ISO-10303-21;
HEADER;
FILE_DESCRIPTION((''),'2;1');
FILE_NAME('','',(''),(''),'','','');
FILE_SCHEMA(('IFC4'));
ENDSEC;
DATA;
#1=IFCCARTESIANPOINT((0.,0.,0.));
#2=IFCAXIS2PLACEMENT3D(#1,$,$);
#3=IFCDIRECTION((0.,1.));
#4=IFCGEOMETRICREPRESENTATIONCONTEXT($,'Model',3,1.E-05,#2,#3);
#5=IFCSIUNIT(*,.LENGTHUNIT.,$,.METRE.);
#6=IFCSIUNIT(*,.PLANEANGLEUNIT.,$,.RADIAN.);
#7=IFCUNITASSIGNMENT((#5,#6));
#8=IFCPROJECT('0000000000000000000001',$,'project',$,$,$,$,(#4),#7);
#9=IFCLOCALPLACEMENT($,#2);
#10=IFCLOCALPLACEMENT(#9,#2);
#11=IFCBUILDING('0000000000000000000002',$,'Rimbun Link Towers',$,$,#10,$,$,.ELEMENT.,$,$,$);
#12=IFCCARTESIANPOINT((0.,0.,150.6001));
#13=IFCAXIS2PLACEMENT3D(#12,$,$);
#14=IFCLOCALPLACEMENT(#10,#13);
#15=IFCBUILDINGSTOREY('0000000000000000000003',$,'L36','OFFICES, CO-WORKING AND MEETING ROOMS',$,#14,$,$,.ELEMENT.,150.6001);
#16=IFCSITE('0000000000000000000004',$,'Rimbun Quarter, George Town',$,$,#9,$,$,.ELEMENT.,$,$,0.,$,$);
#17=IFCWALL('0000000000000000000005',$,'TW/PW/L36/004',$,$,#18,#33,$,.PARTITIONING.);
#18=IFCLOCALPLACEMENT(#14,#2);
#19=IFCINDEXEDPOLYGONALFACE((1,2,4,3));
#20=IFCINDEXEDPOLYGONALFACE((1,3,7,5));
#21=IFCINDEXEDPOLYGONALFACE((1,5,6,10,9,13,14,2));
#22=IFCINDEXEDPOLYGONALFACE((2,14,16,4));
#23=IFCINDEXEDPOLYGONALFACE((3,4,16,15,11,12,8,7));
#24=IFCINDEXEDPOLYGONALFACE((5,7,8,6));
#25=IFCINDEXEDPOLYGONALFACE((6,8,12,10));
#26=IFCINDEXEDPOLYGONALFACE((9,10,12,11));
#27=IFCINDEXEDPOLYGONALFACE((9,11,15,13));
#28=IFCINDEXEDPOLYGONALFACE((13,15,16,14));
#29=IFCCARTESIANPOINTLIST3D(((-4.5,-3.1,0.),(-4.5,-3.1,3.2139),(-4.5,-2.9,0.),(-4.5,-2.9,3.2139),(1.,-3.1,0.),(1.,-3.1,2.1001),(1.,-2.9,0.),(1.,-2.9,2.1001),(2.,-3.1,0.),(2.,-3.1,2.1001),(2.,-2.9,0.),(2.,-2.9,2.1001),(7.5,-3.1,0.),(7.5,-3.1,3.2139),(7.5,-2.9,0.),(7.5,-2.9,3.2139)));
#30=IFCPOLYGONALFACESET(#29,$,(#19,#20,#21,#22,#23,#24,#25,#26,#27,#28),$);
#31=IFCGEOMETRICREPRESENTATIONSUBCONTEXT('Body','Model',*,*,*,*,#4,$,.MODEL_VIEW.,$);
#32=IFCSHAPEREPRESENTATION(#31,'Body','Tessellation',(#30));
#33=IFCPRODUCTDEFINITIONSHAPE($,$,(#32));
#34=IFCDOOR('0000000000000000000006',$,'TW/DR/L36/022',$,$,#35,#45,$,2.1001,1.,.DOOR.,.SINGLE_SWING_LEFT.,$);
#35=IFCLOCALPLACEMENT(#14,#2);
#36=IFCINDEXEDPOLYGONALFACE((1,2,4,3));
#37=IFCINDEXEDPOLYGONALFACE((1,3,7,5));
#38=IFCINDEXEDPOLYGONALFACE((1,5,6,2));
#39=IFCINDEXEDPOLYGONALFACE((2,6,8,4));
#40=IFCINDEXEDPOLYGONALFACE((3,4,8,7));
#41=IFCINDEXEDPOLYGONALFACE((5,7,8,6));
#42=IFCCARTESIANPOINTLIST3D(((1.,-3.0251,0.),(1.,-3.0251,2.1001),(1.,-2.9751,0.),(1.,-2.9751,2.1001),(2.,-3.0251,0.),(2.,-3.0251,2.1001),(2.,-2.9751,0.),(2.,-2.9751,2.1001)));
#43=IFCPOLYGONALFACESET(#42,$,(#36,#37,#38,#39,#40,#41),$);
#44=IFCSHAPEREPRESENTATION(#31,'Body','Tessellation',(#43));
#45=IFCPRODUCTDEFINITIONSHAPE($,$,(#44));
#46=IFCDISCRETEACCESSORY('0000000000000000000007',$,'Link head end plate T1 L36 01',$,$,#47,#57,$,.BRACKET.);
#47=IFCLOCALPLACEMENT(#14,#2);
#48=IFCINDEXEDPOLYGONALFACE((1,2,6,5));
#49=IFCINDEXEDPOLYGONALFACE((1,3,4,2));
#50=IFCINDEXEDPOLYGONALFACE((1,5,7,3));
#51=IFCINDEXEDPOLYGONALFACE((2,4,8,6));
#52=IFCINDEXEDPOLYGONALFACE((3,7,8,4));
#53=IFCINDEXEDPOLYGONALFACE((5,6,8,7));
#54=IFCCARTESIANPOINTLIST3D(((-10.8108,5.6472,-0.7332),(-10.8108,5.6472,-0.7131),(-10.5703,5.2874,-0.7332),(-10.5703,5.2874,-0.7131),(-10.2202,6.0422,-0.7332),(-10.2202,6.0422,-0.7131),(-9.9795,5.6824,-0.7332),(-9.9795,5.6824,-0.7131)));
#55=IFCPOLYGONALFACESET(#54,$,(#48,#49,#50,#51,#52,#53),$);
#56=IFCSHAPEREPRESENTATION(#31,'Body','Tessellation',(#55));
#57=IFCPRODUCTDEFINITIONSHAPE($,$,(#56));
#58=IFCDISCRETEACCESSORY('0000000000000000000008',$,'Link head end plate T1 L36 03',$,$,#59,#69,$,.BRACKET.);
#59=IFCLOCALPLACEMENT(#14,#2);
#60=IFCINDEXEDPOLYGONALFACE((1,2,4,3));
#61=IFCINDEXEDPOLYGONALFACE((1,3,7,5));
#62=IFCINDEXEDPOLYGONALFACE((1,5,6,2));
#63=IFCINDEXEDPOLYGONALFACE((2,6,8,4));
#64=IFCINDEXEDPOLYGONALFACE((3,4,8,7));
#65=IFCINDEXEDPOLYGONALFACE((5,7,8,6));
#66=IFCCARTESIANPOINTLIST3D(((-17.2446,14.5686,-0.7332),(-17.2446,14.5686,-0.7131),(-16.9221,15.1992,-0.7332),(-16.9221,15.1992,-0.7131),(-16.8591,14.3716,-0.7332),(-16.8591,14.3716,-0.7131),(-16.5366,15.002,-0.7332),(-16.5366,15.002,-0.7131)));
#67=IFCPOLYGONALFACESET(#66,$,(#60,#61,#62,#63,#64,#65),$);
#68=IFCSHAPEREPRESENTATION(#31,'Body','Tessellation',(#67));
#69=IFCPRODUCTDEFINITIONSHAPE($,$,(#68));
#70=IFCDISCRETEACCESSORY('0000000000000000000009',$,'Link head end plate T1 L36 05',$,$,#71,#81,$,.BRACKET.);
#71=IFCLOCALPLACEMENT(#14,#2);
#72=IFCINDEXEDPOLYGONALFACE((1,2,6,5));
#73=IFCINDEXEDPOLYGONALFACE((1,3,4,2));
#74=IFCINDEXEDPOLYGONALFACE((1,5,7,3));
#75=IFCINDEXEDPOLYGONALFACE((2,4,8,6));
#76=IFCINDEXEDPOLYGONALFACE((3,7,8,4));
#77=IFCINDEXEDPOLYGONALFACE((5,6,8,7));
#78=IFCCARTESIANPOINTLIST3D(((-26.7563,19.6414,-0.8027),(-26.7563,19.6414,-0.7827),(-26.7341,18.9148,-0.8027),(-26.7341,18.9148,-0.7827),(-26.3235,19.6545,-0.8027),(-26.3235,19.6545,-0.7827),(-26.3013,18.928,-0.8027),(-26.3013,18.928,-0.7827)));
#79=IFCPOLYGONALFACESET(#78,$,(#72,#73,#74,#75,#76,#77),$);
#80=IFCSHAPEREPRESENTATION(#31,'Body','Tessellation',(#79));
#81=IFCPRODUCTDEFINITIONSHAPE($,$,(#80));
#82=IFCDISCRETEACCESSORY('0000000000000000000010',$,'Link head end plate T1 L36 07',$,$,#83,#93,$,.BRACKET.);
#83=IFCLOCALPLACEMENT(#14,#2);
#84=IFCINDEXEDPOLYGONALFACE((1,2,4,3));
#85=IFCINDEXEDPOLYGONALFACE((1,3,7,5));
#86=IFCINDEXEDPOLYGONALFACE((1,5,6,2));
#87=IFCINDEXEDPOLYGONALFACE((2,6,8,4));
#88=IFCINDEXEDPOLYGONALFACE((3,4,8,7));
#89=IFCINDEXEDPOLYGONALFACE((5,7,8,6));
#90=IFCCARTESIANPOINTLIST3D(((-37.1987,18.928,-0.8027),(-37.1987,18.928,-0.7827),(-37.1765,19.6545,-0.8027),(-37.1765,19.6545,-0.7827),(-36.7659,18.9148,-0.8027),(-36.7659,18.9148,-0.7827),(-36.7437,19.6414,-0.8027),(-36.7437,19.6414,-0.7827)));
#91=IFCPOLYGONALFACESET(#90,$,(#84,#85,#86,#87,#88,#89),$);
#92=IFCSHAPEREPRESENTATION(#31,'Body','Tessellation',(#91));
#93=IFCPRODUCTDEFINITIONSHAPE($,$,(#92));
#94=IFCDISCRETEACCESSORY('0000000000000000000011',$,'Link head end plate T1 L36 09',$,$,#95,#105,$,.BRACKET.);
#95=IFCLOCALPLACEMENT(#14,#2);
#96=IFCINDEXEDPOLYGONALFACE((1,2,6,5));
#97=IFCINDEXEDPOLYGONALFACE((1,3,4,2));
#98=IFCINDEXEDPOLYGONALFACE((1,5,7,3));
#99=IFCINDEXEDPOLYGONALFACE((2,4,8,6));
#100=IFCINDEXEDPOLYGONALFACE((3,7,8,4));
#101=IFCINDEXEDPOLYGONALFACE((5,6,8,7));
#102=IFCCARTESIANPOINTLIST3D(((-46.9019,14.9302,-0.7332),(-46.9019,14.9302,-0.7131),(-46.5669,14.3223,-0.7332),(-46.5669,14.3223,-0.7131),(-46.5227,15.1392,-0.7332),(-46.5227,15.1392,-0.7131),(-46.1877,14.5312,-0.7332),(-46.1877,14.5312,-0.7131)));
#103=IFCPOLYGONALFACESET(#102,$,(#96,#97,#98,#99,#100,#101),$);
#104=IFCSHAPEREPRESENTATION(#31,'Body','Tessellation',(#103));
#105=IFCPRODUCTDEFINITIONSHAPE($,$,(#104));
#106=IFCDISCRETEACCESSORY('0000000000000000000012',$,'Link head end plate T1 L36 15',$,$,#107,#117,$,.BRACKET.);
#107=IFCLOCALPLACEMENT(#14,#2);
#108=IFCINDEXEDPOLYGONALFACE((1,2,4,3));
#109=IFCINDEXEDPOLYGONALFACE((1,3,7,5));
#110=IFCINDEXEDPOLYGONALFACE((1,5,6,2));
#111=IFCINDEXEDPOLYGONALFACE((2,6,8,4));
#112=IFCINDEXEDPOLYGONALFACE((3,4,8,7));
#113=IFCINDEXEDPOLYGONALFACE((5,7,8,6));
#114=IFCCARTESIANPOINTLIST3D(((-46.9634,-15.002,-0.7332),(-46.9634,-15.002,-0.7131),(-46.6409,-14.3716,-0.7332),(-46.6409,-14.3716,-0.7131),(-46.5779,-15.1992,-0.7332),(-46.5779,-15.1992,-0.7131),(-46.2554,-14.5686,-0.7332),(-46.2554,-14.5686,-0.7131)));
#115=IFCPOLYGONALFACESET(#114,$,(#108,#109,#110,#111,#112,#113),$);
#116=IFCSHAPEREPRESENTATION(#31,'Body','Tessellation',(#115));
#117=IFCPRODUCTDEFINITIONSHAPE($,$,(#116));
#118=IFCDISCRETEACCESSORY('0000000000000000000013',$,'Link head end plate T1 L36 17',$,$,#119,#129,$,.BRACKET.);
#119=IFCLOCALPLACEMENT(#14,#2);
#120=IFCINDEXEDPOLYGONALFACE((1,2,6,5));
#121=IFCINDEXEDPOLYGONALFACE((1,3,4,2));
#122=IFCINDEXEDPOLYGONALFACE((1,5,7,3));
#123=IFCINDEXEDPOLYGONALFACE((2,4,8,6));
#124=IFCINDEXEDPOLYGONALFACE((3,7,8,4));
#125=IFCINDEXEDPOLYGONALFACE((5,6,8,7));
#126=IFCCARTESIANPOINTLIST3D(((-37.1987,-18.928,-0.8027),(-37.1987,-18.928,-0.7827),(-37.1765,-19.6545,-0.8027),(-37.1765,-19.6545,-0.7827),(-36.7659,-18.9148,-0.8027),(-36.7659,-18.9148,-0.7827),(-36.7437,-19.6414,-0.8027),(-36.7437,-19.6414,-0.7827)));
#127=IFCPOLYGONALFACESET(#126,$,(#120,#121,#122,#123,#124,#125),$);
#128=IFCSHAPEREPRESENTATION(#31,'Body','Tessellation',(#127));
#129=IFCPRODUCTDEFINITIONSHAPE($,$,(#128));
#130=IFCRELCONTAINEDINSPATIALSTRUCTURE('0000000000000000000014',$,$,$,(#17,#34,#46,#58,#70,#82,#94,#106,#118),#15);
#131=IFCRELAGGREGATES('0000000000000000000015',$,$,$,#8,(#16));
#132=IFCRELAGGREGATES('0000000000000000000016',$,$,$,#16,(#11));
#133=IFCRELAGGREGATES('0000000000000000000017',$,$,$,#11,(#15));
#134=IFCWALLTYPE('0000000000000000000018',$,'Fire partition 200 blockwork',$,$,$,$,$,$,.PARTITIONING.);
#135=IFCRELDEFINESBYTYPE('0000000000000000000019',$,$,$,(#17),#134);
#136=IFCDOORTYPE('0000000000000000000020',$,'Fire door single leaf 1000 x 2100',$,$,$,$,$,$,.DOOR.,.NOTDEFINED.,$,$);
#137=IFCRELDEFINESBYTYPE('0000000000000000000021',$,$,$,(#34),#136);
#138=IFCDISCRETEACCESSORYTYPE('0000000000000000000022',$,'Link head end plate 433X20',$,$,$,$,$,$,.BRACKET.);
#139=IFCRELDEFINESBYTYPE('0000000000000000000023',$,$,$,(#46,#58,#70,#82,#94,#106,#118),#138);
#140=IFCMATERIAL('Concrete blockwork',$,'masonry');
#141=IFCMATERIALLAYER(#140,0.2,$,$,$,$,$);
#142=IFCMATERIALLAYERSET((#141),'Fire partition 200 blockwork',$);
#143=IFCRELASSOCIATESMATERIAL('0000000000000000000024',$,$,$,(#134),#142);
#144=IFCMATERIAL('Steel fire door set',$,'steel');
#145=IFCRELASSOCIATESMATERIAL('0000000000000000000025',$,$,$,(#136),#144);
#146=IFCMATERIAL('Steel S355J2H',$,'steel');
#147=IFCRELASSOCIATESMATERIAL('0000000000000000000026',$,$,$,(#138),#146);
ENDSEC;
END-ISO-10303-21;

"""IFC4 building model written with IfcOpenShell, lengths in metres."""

from ifc_helpers import new_model, si_unit, direction, frame, frame_2d, origin, origin_2d, place, context, subcontext, project, spatial, polyline, rectangle, outline, extrude, material, layer, layer_set, material_profile, profile_set, type_object, element, fill, save


model = new_model("IFC4")

# Units and contexts
model_context = context("Model", 3, precision=1e-05, world=origin(), true_north=direction((0.0, 1.0)))
body_context = subcontext(model_context, "Body", "Model", "MODEL_VIEW")
ifc_project = project(units=[si_unit("LENGTHUNIT", "METRE"), si_unit("PLANEANGLEUNIT", "RADIAN")], contexts=[model_context])

# Site, building, storey
site_placement = place(None, origin())
site = spatial("IfcSite", under=ifc_project, at=site_placement, Name="Rimbun Quarter, George Town", CompositionType="ELEMENT", RefElevation=0.0)
building_placement = place(site_placement, origin())
building = spatial("IfcBuilding", under=site, at=building_placement, Name="Rimbun Link Towers", CompositionType="ELEMENT")
storey_placement = place(building_placement, frame((0.0, 0.0, 150.6001)))
storey = spatial("IfcBuildingStorey", under=building, at=storey_placement, Name="L36", Description="OFFICES, CO-WORKING AND MEETING ROOMS", CompositionType="ELEMENT", Elevation=150.6001)

# Wall, opening, door
ifc_material_1 = material(Name="Concrete blockwork", Category="masonry")
ifc_layer_1 = layer(ifc_material_1, 0.2)
ifc_layer_set_1 = layer_set([ifc_layer_1], Name="Fire partition 200 blockwork")
wall_type_1 = type_object("IfcWallType", Name="Fire partition 200 blockwork", PredefinedType="PARTITIONING", material=ifc_layer_set_1)
wall_1_placement = place(storey_placement, frame((-4.5, -3.0, 0.0), z_axis=(0.0, 0.0, 1.0), x_axis=(1.0, 0.0, 0.0)))
wall_1 = element("IfcWall", 1, at=wall_1_placement, inside=storey, type_object=wall_type_1, Name="TW/PW/L36/004", PredefinedType="PARTITIONING", context=body_context, shape_type="SweptSolid", body=[
    extrude(rectangle(XDim=12.0, YDim=0.2, at=frame_2d((6.0, 0.0))), origin(), (0.0, 0.0, 1.0), 3.2139),
])
opening_1_placement = place(wall_1_placement, frame((5.5, 0.0, 0.0)))
opening_1 = element("IfcOpeningElement", 2, at=opening_1_placement, cuts=wall_1, PredefinedType="OPENING", context=body_context, shape_type="SweptSolid", body=[
    extrude(rectangle(XDim=1.0, YDim=2.1001, at=frame_2d((0.5, 1.05))), frame((0.0, 0.1099, 0.0), z_axis=(0.0, -1.0, 0.0), x_axis=(1.0, 0.0, 0.0)), (0.0, 0.0, 1.0), 0.22),
])
ifc_material_2 = material(Name="Steel fire door set", Category="steel")
door_type_1 = type_object("IfcDoorType", Name="Fire door single leaf 1000 x 2100", OperationType="NOTDEFINED", PredefinedType="DOOR", material=ifc_material_2)
door_1_placement = place(opening_1_placement, origin())
door_1 = element("IfcDoor", 3, at=door_1_placement, inside=storey, type_object=door_type_1, Name="TW/DR/L36/022", OperationType="SINGLE_SWING_LEFT", OverallHeight=2.1001, OverallWidth=1.0, PredefinedType="DOOR", context=body_context, shape_type="SweptSolid", body=[
    extrude(rectangle(XDim=1.0, YDim=2.1001, at=frame_2d((0.5, 1.05))), frame((0.0, 0.0249, 0.0), z_axis=(0.0, -1.0, 0.0), x_axis=(1.0, 0.0, 0.0)), (0.0, 0.0, 1.0), 0.05),
])
fill(opening_1, door_1)

# Discrete accessories
ifc_material_3 = material(Name="Steel S355J2H", Category="steel")
ifc_material_profile_1 = material_profile(ifc_material_3, rectangle(XDim=0.4331, YDim=0.4331, at=origin_2d()), Name="PL 433x433")
ifc_profile_set_1 = profile_set([ifc_material_profile_1], Name="Steel S355J2H")
discrete_accessory_type = type_object("IfcDiscreteAccessoryType", Name="Link head end plate 433X20", PredefinedType="BRACKET", material=ifc_profile_set_1)
discrete_accessory_1_placement = place(storey_placement, frame((0.0, 0.0, -0.7332)))
element("IfcDiscreteAccessory", 4, at=discrete_accessory_1_placement, inside=storey, type_object=discrete_accessory_type, Name="Link head end plate T1 L36 01", PredefinedType="BRACKET", context=body_context, shape_type="SweptSolid", body=[
    extrude(outline(polyline([(-10.5703, 5.2874), (-9.9795, 5.6824), (-10.2202, 6.0422), (-10.8108, 5.6472), (-10.5703, 5.2874)])), origin(), (0.0, 0.0, 1.0), 0.02),
])
discrete_accessory_2_placement = place(storey_placement, frame((0.0, 0.0, -0.7332)))
element("IfcDiscreteAccessory", 5, at=discrete_accessory_2_placement, inside=storey, type_object=discrete_accessory_type, Name="Link head end plate T1 L36 03", PredefinedType="BRACKET", context=body_context, shape_type="SweptSolid", body=[
    extrude(outline(polyline([(-16.8591, 14.3716), (-16.5366, 15.002), (-16.9221, 15.1992), (-17.2446, 14.5686), (-16.8591, 14.3716)])), origin(), (0.0, 0.0, 1.0), 0.02),
])
discrete_accessory_3_placement = place(storey_placement, frame((0.0, 0.0, -0.8027)))
element("IfcDiscreteAccessory", 6, at=discrete_accessory_3_placement, inside=storey, type_object=discrete_accessory_type, Name="Link head end plate T1 L36 05", PredefinedType="BRACKET", context=body_context, shape_type="SweptSolid", body=[
    extrude(outline(polyline([(-26.3013, 18.928), (-26.3235, 19.6545), (-26.7563, 19.6414), (-26.7341, 18.9148), (-26.3013, 18.928)])), origin(), (0.0, 0.0, 1.0), 0.02),
])
discrete_accessory_4_placement = place(storey_placement, frame((0.0, 0.0, -0.8027)))
element("IfcDiscreteAccessory", 7, at=discrete_accessory_4_placement, inside=storey, type_object=discrete_accessory_type, Name="Link head end plate T1 L36 07", PredefinedType="BRACKET", context=body_context, shape_type="SweptSolid", body=[
    extrude(outline(polyline([(-36.7659, 18.9148), (-36.7437, 19.6414), (-37.1765, 19.6545), (-37.1987, 18.928), (-36.7659, 18.9148)])), origin(), (0.0, 0.0, 1.0), 0.02),
])
discrete_accessory_5_placement = place(storey_placement, frame((0.0, 0.0, -0.7332)))
element("IfcDiscreteAccessory", 8, at=discrete_accessory_5_placement, inside=storey, type_object=discrete_accessory_type, Name="Link head end plate T1 L36 09", PredefinedType="BRACKET", context=body_context, shape_type="SweptSolid", body=[
    extrude(outline(polyline([(-46.1877, 14.5312), (-46.5227, 15.1392), (-46.9019, 14.9302), (-46.5669, 14.3223), (-46.1877, 14.5312)])), origin(), (0.0, 0.0, 1.0), 0.02),
])
discrete_accessory_6_placement = place(storey_placement, frame((0.0, 0.0, -0.7332)))
element("IfcDiscreteAccessory", 9, at=discrete_accessory_6_placement, inside=storey, type_object=discrete_accessory_type, Name="Link head end plate T1 L36 15", PredefinedType="BRACKET", context=body_context, shape_type="SweptSolid", body=[
    extrude(outline(polyline([(-46.6409, -14.3716), (-46.9634, -15.002), (-46.5779, -15.1992), (-46.2554, -14.5686), (-46.6409, -14.3716)])), origin(), (0.0, 0.0, 1.0), 0.02),
])
discrete_accessory_7_placement = place(storey_placement, frame((0.0, 0.0, -0.8027)))
element("IfcDiscreteAccessory", 10, at=discrete_accessory_7_placement, inside=storey, type_object=discrete_accessory_type, Name="Link head end plate T1 L36 17", PredefinedType="BRACKET", context=body_context, shape_type="SweptSolid", body=[
    extrude(outline(polyline([(-37.1987, -18.928), (-37.1765, -19.6545), (-36.7437, -19.6414), (-36.7659, -18.9148), (-37.1987, -18.928)])), origin(), (0.0, 0.0, 1.0), 0.02),
])

save(model, "model.ifc")
